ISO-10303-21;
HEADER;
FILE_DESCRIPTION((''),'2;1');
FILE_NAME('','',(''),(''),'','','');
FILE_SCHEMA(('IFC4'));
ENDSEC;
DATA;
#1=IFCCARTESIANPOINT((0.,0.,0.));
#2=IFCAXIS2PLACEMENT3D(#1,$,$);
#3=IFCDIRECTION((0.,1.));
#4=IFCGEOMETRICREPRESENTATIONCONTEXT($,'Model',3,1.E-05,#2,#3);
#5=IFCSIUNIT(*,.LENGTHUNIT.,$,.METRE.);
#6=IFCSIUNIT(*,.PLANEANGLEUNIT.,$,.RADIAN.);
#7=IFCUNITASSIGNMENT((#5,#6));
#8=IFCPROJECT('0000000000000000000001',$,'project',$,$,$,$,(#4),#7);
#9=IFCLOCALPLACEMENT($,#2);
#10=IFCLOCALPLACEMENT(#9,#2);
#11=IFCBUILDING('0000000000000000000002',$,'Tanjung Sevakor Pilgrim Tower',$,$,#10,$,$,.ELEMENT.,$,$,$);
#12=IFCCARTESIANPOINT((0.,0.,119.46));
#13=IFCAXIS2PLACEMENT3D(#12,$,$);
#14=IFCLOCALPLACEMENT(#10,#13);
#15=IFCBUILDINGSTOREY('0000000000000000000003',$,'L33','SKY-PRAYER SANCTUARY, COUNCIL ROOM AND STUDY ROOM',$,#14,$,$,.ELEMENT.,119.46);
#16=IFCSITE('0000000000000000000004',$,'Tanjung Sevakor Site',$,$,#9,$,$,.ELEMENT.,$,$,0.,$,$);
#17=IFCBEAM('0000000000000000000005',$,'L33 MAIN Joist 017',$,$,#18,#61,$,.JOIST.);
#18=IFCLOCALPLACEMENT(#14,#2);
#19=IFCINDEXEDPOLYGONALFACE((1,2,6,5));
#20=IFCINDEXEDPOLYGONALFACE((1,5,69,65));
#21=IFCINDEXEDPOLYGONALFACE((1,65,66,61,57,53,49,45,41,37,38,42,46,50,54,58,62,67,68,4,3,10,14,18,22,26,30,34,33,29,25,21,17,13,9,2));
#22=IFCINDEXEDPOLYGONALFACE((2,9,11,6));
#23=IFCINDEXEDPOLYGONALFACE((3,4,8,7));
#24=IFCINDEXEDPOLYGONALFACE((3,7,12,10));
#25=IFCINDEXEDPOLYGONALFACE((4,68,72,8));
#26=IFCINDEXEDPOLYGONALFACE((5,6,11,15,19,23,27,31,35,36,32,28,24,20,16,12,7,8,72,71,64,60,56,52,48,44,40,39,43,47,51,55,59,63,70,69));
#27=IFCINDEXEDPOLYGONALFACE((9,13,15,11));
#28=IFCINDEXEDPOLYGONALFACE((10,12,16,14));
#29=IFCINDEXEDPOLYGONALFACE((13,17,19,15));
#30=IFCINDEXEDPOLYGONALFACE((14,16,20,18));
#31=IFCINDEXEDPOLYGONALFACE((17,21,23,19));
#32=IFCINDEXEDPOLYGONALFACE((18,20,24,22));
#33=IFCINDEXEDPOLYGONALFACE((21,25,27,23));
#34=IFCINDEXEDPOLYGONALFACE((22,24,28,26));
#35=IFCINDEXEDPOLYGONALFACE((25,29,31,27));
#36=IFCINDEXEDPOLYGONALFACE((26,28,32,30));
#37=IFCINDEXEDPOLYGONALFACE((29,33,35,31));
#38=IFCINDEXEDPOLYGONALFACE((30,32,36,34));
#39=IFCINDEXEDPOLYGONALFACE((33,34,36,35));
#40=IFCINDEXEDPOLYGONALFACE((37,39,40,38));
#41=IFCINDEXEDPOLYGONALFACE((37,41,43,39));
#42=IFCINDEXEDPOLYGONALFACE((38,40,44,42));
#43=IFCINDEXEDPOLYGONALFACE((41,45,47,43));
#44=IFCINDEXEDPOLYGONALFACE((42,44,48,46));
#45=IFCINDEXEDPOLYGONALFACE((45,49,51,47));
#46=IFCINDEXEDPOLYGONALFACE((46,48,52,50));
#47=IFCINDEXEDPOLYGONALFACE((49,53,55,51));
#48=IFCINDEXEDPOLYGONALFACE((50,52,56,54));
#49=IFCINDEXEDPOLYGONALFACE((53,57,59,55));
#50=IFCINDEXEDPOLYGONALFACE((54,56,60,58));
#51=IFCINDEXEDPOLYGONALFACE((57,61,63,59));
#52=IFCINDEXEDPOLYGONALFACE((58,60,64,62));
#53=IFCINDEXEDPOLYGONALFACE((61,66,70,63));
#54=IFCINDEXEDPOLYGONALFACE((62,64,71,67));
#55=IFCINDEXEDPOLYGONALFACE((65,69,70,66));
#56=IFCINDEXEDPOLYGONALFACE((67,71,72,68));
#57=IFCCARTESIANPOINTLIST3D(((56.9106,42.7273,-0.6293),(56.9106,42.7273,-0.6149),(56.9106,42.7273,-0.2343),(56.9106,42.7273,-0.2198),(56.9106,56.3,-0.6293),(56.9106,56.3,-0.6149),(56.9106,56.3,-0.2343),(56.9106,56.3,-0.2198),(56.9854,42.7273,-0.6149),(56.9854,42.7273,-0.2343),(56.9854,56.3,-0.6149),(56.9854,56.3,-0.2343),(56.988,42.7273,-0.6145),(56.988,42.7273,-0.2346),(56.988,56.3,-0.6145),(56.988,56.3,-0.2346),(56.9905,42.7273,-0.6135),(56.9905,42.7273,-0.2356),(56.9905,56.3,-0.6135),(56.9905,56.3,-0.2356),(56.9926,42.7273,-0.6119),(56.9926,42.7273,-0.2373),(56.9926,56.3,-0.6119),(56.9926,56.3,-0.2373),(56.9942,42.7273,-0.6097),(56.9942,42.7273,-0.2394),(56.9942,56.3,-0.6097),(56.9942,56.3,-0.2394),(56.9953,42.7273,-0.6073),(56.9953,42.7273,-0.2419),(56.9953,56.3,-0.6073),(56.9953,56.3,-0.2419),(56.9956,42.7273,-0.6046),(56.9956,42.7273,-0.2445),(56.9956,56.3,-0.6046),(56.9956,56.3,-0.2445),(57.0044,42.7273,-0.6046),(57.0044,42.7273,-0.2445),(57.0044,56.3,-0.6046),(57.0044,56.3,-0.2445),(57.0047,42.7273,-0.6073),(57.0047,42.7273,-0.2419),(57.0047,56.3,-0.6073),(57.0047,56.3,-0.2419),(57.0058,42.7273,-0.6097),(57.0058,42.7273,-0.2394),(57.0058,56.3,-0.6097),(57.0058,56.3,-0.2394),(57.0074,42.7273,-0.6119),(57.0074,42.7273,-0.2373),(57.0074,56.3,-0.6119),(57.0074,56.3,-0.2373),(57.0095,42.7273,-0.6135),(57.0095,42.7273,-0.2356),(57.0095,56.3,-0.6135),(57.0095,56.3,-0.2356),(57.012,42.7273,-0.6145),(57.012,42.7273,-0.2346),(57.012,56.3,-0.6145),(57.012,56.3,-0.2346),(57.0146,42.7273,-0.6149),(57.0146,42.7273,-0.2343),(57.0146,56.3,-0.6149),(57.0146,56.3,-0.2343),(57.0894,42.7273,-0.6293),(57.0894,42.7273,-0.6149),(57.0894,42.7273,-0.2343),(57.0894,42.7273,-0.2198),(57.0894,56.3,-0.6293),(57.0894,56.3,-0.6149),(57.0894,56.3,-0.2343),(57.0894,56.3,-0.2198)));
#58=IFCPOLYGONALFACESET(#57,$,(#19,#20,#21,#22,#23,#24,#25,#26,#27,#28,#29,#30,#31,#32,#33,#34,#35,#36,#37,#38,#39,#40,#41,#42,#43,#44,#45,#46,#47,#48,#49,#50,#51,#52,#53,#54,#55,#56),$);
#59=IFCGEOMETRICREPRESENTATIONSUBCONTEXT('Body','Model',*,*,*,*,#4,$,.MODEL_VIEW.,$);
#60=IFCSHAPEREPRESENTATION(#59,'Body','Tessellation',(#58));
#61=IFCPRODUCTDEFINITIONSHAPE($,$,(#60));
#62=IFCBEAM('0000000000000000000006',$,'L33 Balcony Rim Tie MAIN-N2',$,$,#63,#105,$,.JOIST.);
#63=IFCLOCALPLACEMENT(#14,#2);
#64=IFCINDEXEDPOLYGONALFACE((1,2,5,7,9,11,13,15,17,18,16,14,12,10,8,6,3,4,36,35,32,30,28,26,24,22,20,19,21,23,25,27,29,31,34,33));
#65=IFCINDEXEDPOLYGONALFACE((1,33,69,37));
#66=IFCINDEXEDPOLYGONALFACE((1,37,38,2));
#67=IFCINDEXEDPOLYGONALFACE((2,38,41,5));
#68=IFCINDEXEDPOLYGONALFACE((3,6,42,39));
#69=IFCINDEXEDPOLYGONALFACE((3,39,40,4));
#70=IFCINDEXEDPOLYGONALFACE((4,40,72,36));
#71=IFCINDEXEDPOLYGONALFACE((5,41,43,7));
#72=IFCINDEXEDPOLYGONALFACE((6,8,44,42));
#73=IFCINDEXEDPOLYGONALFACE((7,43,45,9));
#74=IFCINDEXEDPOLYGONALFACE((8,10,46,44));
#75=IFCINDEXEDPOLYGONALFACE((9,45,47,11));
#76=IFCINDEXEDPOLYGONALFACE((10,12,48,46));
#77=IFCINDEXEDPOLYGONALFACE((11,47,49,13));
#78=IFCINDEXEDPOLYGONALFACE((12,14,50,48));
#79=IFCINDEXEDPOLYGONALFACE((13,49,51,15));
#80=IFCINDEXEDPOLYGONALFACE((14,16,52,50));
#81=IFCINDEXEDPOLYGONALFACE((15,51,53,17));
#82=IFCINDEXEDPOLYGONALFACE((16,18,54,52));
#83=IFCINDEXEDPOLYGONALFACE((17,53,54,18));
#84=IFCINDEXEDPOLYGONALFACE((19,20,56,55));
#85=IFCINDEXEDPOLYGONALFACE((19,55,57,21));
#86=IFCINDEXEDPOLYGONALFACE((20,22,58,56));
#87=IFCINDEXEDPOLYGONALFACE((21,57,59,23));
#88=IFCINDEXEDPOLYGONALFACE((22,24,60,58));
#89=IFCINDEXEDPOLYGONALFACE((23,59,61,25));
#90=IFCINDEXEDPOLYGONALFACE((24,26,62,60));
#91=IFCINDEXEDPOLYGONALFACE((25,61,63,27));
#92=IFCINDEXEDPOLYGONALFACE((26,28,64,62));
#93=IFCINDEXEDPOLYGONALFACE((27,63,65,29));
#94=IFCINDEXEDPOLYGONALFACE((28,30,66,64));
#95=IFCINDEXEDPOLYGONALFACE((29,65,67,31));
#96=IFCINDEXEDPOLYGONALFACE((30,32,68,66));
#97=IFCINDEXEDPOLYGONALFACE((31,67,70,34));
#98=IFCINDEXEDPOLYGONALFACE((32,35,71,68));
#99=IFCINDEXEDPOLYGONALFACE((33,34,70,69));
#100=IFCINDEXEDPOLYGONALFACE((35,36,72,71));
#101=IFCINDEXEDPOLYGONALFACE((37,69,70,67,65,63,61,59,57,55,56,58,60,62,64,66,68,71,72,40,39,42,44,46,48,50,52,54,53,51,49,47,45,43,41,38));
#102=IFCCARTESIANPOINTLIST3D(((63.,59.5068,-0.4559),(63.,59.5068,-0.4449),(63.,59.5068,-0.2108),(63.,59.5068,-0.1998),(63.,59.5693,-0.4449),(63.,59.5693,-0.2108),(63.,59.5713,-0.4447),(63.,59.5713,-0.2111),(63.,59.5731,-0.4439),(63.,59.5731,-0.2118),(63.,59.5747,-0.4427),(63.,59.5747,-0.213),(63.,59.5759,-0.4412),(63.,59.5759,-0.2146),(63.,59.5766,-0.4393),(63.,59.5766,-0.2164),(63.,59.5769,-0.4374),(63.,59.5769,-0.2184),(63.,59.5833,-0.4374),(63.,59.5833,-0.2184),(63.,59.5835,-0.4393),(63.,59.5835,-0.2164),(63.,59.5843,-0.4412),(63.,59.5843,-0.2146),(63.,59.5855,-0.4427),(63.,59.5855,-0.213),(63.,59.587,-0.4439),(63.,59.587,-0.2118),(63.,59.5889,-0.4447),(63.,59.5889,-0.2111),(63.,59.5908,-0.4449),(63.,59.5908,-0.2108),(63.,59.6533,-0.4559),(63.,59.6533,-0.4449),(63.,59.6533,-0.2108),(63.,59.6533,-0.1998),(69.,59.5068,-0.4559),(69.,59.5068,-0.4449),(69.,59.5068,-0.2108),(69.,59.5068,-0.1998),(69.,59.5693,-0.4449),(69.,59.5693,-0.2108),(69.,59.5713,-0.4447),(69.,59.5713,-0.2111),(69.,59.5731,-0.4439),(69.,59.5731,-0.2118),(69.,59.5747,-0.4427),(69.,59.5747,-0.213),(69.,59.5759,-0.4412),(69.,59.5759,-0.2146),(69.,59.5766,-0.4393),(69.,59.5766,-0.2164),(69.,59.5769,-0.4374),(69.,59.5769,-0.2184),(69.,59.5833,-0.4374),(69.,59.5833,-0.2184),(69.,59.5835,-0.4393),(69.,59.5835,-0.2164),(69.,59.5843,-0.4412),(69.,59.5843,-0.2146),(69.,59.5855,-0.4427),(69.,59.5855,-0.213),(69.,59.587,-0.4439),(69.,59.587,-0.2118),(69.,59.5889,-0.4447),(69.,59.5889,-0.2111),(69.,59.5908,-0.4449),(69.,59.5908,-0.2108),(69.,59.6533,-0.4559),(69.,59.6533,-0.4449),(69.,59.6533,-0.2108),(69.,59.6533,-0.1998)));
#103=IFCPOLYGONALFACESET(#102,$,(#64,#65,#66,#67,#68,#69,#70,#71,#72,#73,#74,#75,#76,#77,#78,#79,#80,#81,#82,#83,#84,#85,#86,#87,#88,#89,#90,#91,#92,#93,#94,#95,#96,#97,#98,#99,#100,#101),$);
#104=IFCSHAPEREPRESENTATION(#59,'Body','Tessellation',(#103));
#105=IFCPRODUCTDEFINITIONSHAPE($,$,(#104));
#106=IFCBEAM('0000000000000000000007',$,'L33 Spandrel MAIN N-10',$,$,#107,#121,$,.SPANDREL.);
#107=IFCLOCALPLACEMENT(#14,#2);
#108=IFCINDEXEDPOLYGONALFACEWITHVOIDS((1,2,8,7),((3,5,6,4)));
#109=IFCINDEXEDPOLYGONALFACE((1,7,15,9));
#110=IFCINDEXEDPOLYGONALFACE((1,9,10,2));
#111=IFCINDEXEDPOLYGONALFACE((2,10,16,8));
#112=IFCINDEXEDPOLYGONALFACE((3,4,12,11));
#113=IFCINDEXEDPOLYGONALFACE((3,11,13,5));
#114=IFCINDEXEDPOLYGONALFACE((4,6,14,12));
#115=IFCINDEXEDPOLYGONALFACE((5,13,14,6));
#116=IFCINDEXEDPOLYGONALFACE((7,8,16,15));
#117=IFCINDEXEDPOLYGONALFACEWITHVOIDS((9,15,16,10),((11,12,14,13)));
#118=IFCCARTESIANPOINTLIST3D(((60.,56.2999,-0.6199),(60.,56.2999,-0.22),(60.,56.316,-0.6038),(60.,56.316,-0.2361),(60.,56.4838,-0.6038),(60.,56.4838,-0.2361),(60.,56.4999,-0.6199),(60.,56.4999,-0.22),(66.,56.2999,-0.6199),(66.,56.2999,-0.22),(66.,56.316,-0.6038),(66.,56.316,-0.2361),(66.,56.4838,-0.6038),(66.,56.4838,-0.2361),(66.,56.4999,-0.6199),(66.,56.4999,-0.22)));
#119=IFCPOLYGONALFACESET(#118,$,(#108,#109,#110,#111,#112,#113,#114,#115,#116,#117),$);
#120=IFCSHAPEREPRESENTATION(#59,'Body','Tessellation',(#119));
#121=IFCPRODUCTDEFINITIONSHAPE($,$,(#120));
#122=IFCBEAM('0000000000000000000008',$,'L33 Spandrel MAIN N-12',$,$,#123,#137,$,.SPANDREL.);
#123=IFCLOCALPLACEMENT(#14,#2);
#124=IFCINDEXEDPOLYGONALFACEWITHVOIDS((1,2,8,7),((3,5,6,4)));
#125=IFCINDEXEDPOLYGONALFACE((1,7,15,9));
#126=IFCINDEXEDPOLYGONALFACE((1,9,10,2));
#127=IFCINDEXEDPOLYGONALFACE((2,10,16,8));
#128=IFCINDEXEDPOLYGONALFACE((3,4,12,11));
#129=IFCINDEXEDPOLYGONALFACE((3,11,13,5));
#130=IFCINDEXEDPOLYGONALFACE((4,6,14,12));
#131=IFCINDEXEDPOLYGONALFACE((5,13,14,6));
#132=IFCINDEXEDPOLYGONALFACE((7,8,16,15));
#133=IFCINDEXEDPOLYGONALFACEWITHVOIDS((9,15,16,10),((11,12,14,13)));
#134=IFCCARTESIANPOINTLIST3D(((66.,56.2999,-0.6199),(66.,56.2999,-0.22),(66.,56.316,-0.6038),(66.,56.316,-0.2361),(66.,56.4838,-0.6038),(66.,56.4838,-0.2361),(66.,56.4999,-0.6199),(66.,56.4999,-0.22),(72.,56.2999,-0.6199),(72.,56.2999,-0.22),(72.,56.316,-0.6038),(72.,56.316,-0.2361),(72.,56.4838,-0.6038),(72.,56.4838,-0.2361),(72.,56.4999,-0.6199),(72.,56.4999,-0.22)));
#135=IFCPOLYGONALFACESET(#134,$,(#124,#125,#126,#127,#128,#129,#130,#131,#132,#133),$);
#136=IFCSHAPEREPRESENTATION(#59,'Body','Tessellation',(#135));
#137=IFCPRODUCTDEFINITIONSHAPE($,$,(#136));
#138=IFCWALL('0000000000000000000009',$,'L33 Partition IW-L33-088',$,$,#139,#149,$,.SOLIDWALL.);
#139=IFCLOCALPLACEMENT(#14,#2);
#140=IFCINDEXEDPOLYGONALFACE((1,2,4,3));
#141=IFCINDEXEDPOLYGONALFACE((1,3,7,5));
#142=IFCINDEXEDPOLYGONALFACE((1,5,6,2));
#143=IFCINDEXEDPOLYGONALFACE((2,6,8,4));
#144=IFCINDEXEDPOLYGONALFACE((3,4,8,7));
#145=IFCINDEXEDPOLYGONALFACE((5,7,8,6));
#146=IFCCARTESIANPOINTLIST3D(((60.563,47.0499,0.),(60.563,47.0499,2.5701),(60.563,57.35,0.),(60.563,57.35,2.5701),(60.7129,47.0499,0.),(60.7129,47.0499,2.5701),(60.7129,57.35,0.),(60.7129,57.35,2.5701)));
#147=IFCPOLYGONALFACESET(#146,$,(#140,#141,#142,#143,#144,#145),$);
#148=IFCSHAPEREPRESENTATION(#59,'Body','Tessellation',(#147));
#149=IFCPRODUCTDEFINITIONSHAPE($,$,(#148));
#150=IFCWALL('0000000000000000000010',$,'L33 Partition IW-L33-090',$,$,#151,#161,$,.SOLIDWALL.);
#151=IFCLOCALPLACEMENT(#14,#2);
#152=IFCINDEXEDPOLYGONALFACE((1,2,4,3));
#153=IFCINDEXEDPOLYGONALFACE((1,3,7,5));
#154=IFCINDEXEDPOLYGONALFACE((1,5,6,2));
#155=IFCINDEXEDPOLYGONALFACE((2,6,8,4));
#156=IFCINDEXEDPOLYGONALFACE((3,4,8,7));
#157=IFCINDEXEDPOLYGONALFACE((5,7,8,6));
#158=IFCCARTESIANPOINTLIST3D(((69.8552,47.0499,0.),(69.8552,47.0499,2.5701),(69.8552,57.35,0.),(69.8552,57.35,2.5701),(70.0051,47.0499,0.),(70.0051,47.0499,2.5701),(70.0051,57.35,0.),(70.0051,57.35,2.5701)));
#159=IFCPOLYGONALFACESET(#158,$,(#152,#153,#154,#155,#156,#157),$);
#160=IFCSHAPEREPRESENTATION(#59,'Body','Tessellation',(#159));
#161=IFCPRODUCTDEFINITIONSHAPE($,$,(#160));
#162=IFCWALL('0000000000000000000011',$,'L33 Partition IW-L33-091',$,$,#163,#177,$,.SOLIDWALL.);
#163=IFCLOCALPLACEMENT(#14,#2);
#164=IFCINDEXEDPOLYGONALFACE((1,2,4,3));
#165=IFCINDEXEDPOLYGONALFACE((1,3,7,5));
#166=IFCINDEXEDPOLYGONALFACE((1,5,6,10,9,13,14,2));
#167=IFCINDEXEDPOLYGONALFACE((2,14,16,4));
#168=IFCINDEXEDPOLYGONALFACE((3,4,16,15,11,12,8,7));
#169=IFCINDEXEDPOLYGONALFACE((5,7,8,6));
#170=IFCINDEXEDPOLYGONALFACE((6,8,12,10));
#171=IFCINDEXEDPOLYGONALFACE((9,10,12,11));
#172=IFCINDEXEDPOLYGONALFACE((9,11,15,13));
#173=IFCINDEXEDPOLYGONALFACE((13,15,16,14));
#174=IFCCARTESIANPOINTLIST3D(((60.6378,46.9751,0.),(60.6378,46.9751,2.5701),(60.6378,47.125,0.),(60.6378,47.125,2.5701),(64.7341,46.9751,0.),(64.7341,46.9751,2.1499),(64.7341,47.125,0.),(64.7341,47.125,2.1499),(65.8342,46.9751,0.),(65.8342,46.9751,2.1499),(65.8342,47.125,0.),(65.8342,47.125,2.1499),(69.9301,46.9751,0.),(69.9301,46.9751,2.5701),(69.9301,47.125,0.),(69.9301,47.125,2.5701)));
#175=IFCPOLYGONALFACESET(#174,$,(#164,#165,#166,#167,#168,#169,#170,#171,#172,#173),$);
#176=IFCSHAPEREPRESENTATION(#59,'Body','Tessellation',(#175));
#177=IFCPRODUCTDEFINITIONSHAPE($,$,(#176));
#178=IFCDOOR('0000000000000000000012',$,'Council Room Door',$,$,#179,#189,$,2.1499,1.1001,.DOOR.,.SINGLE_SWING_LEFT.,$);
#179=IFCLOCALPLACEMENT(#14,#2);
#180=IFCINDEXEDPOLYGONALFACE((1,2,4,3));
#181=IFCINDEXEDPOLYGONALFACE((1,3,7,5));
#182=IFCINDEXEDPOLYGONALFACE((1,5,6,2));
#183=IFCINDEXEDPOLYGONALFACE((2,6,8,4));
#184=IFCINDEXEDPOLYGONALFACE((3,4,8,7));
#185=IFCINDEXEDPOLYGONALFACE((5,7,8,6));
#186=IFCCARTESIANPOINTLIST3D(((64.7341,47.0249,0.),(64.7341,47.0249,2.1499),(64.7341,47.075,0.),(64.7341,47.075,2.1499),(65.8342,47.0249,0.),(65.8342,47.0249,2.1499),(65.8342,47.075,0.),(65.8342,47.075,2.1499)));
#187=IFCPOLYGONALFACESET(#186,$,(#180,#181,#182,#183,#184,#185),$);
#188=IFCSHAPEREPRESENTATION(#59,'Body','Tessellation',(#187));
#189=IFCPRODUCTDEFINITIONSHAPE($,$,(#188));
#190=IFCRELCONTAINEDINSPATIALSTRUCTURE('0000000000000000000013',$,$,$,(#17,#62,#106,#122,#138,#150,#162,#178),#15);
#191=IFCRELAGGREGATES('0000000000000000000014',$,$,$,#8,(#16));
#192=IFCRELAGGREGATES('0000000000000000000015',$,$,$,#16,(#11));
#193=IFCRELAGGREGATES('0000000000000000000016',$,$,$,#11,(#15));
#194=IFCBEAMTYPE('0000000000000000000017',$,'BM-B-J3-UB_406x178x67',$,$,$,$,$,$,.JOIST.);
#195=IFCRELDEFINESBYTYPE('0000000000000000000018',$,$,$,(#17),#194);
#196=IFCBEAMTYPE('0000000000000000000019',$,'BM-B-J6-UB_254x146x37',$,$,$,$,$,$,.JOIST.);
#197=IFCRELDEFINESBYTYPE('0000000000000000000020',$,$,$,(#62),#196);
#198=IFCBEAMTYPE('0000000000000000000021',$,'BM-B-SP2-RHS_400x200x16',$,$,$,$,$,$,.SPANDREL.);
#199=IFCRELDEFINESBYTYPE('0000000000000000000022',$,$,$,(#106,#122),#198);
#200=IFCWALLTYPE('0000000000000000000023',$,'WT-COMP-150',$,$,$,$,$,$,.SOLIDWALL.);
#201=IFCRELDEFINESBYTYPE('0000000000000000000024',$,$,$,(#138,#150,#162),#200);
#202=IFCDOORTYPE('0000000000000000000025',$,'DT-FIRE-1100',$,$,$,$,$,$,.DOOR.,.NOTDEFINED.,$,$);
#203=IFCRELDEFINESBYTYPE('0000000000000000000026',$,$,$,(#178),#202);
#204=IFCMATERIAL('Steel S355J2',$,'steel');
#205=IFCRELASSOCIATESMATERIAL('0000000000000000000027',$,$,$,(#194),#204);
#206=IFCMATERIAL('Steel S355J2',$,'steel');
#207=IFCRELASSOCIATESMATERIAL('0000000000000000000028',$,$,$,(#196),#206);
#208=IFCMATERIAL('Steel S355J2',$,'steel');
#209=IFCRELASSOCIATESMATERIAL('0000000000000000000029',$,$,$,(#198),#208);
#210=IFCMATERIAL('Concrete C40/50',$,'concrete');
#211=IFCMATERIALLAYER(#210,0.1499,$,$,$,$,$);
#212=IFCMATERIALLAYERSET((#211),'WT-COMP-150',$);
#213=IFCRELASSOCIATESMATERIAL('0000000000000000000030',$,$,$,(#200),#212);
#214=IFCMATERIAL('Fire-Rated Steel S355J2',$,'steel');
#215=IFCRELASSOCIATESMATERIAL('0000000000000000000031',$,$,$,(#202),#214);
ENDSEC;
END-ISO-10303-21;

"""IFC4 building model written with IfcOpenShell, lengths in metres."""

from ifc_helpers import new_model, si_unit, direction, frame, frame_2d, origin, origin_2d, place, context, subcontext, project, spatial, rectangle, hollow_rectangle, i_section, extrude, material, layer, layer_set, material_profile, profile_set, type_object, element, fill, save


model = new_model("IFC4")

# Units and contexts
model_context = context("Model", 3, precision=1e-05, world=origin(), true_north=direction((0.0, 1.0)))
body_context = subcontext(model_context, "Body", "Model", "MODEL_VIEW")
ifc_project = project(units=[si_unit("LENGTHUNIT", "METRE"), si_unit("PLANEANGLEUNIT", "RADIAN")], contexts=[model_context])

# Site, building, storey
site_placement = place(None, origin())
site = spatial("IfcSite", under=ifc_project, at=site_placement, Name="Tanjung Sevakor Site", CompositionType="ELEMENT", RefElevation=0.0)
building_placement = place(site_placement, origin())
building = spatial("IfcBuilding", under=site, at=building_placement, Name="Tanjung Sevakor Pilgrim Tower", CompositionType="ELEMENT")
storey_placement = place(building_placement, frame((0.0, 0.0, 119.46)))
storey = spatial("IfcBuildingStorey", under=building, at=storey_placement, Name="L33", Description="SKY-PRAYER SANCTUARY, COUNCIL ROOM AND STUDY ROOM", CompositionType="ELEMENT", Elevation=119.46)

# Beams
ifc_material_1 = material(Name="Steel S355J2", Category="steel")
ifc_material_profile_1 = material_profile(ifc_material_1, i_section(OverallWidth=0.1787, OverallDepth=0.4094, WebThickness=0.0088, FlangeThickness=0.0144, FilletRadius=0.0103, at=origin_2d()))
ifc_profile_set_1 = profile_set([ifc_material_profile_1], Name="Steel S355J2")
beam_type_1 = type_object("IfcBeamType", Name="BM-B-J3-UB_406x178x67", PredefinedType="JOIST", material=ifc_profile_set_1)
beam_1_placement = place(storey_placement, frame((57.0, 42.7273, -0.4246), z_axis=(0.0, 1.0, 0.0), x_axis=(-1.0, 0.0, 0.0)))
element("IfcBeam", 1, at=beam_1_placement, inside=storey, type_object=beam_type_1, Name="L33 MAIN Joist 017", PredefinedType="JOIST", context=body_context, shape_type="SweptSolid", body=[
    extrude(i_section(OverallWidth=0.1787, OverallDepth=0.4094, WebThickness=0.0088, FlangeThickness=0.0144, FilletRadius=0.0103, at=origin_2d()), origin(), (0.0, 0.0, 1.0), 13.5728),
])
ifc_material_2 = material(Name="Steel S355J2", Category="steel")
ifc_material_profile_2 = material_profile(ifc_material_2, i_section(OverallWidth=0.1465, OverallDepth=0.2561, WebThickness=0.0063, FlangeThickness=0.011, FilletRadius=0.0076, at=origin_2d()))
ifc_profile_set_2 = profile_set([ifc_material_profile_2], Name="Steel S355J2")
beam_type_2 = type_object("IfcBeamType", Name="BM-B-J6-UB_254x146x37", PredefinedType="JOIST", material=ifc_profile_set_2)
beam_2_placement = place(storey_placement, frame((63.0, 59.5801, -0.3279), z_axis=(1.0, 0.0, 0.0), x_axis=(0.0, 1.0, 0.0)))
element("IfcBeam", 2, at=beam_2_placement, inside=storey, type_object=beam_type_2, Name="L33 Balcony Rim Tie MAIN-N2", PredefinedType="JOIST", context=body_context, shape_type="SweptSolid", body=[
    extrude(i_section(OverallWidth=0.1465, OverallDepth=0.2561, WebThickness=0.0063, FlangeThickness=0.011, FilletRadius=0.0076, at=origin_2d()), origin(), (0.0, 0.0, 1.0), 6.0),
])
ifc_material_3 = material(Name="Steel S355J2", Category="steel")
ifc_material_profile_3 = material_profile(ifc_material_3, hollow_rectangle(XDim=0.2, YDim=0.3999, WallThickness=0.0161, at=origin_2d()))
ifc_profile_set_3 = profile_set([ifc_material_profile_3], Name="Steel S355J2")
beam_type_3 = type_object("IfcBeamType", Name="BM-B-SP2-RHS_400x200x16", PredefinedType="SPANDREL", material=ifc_profile_set_3)
for number, where, z_axis, x_axis, name in (
    (3, (60.0, 56.3999, -0.4199), (1.0, 0.0, 0.0), (0.0, 1.0, 0.0), "L33 Spandrel MAIN N-10"),
    (4, (66.0, 56.3999, -0.4199), (1.0, 0.0, 0.0), (0.0, 1.0, 0.0), "L33 Spandrel MAIN N-12"),
):
    element("IfcBeam", number, at=place(storey_placement, frame(where, z_axis=z_axis, x_axis=x_axis)), inside=storey, type_object=beam_type_3, Name=name, PredefinedType="SPANDREL", context=body_context, shape_type="SweptSolid", body=[
        extrude(hollow_rectangle(XDim=0.2, YDim=0.3999, WallThickness=0.0161, at=origin_2d()), origin(), (0.0, 0.0, 1.0), 6.0),
    ])

# Walls
ifc_material_4 = material(Name="Concrete C40/50", Category="concrete")
ifc_layer_1 = layer(ifc_material_4, 0.1499)
ifc_layer_set_1 = layer_set([ifc_layer_1], Name="WT-COMP-150")
wall_type_1 = type_object("IfcWallType", Name="WT-COMP-150", PredefinedType="SOLIDWALL", material=ifc_layer_set_1)
for number, where, z_axis, x_axis, name in (
    (5, (60.6379, 47.05, 0.0), (0.0, 0.0, 1.0), (0.0, 1.0, 0.0), "L33 Partition IW-L33-088"),
    (6, (69.9302, 47.05, 0.0), (0.0, 0.0, 1.0), (0.0, 1.0, 0.0), "L33 Partition IW-L33-090"),
):
    element("IfcWall", number, at=place(storey_placement, frame(where, z_axis=z_axis, x_axis=x_axis)), inside=storey, type_object=wall_type_1, Name=name, PredefinedType="SOLIDWALL", context=body_context, shape_type="SweptSolid", body=[
        extrude(rectangle(XDim=10.3, YDim=0.1499, at=frame_2d((5.1499, 0.0))), origin(), (0.0, 0.0, 1.0), 2.5701),
    ])

# Wall, opening, door
wall_1_placement = place(storey_placement, frame((60.6379, 47.05, 0.0), z_axis=(0.0, 0.0, 1.0), x_axis=(1.0, 0.0, 0.0)))
wall_1 = element("IfcWall", 7, at=wall_1_placement, inside=storey, type_object=wall_type_1, Name="L33 Partition IW-L33-091", PredefinedType="SOLIDWALL", context=body_context, shape_type="SweptSolid", body=[
    extrude(rectangle(XDim=9.2922, YDim=0.1499, at=frame_2d((4.646, 0.0))), origin(), (0.0, 0.0, 1.0), 2.5701),
])
opening_1_placement = place(wall_1_placement, frame((4.0962, 0.0, 0.0)))
opening_1 = element("IfcOpeningElement", 8, at=opening_1_placement, cuts=wall_1, PredefinedType="OPENING", context=body_context, shape_type="SweptSolid", body=[
    extrude(rectangle(XDim=1.1001, YDim=2.1499, at=frame_2d((0.55, 1.075))), frame((0.0, 0.085, 0.0), z_axis=(0.0, -1.0, 0.0), x_axis=(1.0, 0.0, 0.0)), (0.0, 0.0, 1.0), 0.1699),
])
ifc_material_5 = material(Name="Fire-Rated Steel S355J2", Category="steel")
door_type_1 = type_object("IfcDoorType", Name="DT-FIRE-1100", OperationType="NOTDEFINED", PredefinedType="DOOR", material=ifc_material_5)
door_1_placement = place(opening_1_placement, origin())
door_1 = element("IfcDoor", 9, at=door_1_placement, inside=storey, type_object=door_type_1, Name="Council Room Door", OperationType="SINGLE_SWING_LEFT", OverallHeight=2.1499, OverallWidth=1.1001, PredefinedType="DOOR", context=body_context, shape_type="SweptSolid", body=[
    extrude(rectangle(XDim=1.1001, YDim=2.1499, at=frame_2d((0.55, 1.075))), frame((0.0, 0.0249, 0.0), z_axis=(0.0, -1.0, 0.0), x_axis=(1.0, 0.0, 0.0)), (0.0, 0.0, 1.0), 0.05),
])
fill(opening_1, door_1)

save(model, "model.ifc")
